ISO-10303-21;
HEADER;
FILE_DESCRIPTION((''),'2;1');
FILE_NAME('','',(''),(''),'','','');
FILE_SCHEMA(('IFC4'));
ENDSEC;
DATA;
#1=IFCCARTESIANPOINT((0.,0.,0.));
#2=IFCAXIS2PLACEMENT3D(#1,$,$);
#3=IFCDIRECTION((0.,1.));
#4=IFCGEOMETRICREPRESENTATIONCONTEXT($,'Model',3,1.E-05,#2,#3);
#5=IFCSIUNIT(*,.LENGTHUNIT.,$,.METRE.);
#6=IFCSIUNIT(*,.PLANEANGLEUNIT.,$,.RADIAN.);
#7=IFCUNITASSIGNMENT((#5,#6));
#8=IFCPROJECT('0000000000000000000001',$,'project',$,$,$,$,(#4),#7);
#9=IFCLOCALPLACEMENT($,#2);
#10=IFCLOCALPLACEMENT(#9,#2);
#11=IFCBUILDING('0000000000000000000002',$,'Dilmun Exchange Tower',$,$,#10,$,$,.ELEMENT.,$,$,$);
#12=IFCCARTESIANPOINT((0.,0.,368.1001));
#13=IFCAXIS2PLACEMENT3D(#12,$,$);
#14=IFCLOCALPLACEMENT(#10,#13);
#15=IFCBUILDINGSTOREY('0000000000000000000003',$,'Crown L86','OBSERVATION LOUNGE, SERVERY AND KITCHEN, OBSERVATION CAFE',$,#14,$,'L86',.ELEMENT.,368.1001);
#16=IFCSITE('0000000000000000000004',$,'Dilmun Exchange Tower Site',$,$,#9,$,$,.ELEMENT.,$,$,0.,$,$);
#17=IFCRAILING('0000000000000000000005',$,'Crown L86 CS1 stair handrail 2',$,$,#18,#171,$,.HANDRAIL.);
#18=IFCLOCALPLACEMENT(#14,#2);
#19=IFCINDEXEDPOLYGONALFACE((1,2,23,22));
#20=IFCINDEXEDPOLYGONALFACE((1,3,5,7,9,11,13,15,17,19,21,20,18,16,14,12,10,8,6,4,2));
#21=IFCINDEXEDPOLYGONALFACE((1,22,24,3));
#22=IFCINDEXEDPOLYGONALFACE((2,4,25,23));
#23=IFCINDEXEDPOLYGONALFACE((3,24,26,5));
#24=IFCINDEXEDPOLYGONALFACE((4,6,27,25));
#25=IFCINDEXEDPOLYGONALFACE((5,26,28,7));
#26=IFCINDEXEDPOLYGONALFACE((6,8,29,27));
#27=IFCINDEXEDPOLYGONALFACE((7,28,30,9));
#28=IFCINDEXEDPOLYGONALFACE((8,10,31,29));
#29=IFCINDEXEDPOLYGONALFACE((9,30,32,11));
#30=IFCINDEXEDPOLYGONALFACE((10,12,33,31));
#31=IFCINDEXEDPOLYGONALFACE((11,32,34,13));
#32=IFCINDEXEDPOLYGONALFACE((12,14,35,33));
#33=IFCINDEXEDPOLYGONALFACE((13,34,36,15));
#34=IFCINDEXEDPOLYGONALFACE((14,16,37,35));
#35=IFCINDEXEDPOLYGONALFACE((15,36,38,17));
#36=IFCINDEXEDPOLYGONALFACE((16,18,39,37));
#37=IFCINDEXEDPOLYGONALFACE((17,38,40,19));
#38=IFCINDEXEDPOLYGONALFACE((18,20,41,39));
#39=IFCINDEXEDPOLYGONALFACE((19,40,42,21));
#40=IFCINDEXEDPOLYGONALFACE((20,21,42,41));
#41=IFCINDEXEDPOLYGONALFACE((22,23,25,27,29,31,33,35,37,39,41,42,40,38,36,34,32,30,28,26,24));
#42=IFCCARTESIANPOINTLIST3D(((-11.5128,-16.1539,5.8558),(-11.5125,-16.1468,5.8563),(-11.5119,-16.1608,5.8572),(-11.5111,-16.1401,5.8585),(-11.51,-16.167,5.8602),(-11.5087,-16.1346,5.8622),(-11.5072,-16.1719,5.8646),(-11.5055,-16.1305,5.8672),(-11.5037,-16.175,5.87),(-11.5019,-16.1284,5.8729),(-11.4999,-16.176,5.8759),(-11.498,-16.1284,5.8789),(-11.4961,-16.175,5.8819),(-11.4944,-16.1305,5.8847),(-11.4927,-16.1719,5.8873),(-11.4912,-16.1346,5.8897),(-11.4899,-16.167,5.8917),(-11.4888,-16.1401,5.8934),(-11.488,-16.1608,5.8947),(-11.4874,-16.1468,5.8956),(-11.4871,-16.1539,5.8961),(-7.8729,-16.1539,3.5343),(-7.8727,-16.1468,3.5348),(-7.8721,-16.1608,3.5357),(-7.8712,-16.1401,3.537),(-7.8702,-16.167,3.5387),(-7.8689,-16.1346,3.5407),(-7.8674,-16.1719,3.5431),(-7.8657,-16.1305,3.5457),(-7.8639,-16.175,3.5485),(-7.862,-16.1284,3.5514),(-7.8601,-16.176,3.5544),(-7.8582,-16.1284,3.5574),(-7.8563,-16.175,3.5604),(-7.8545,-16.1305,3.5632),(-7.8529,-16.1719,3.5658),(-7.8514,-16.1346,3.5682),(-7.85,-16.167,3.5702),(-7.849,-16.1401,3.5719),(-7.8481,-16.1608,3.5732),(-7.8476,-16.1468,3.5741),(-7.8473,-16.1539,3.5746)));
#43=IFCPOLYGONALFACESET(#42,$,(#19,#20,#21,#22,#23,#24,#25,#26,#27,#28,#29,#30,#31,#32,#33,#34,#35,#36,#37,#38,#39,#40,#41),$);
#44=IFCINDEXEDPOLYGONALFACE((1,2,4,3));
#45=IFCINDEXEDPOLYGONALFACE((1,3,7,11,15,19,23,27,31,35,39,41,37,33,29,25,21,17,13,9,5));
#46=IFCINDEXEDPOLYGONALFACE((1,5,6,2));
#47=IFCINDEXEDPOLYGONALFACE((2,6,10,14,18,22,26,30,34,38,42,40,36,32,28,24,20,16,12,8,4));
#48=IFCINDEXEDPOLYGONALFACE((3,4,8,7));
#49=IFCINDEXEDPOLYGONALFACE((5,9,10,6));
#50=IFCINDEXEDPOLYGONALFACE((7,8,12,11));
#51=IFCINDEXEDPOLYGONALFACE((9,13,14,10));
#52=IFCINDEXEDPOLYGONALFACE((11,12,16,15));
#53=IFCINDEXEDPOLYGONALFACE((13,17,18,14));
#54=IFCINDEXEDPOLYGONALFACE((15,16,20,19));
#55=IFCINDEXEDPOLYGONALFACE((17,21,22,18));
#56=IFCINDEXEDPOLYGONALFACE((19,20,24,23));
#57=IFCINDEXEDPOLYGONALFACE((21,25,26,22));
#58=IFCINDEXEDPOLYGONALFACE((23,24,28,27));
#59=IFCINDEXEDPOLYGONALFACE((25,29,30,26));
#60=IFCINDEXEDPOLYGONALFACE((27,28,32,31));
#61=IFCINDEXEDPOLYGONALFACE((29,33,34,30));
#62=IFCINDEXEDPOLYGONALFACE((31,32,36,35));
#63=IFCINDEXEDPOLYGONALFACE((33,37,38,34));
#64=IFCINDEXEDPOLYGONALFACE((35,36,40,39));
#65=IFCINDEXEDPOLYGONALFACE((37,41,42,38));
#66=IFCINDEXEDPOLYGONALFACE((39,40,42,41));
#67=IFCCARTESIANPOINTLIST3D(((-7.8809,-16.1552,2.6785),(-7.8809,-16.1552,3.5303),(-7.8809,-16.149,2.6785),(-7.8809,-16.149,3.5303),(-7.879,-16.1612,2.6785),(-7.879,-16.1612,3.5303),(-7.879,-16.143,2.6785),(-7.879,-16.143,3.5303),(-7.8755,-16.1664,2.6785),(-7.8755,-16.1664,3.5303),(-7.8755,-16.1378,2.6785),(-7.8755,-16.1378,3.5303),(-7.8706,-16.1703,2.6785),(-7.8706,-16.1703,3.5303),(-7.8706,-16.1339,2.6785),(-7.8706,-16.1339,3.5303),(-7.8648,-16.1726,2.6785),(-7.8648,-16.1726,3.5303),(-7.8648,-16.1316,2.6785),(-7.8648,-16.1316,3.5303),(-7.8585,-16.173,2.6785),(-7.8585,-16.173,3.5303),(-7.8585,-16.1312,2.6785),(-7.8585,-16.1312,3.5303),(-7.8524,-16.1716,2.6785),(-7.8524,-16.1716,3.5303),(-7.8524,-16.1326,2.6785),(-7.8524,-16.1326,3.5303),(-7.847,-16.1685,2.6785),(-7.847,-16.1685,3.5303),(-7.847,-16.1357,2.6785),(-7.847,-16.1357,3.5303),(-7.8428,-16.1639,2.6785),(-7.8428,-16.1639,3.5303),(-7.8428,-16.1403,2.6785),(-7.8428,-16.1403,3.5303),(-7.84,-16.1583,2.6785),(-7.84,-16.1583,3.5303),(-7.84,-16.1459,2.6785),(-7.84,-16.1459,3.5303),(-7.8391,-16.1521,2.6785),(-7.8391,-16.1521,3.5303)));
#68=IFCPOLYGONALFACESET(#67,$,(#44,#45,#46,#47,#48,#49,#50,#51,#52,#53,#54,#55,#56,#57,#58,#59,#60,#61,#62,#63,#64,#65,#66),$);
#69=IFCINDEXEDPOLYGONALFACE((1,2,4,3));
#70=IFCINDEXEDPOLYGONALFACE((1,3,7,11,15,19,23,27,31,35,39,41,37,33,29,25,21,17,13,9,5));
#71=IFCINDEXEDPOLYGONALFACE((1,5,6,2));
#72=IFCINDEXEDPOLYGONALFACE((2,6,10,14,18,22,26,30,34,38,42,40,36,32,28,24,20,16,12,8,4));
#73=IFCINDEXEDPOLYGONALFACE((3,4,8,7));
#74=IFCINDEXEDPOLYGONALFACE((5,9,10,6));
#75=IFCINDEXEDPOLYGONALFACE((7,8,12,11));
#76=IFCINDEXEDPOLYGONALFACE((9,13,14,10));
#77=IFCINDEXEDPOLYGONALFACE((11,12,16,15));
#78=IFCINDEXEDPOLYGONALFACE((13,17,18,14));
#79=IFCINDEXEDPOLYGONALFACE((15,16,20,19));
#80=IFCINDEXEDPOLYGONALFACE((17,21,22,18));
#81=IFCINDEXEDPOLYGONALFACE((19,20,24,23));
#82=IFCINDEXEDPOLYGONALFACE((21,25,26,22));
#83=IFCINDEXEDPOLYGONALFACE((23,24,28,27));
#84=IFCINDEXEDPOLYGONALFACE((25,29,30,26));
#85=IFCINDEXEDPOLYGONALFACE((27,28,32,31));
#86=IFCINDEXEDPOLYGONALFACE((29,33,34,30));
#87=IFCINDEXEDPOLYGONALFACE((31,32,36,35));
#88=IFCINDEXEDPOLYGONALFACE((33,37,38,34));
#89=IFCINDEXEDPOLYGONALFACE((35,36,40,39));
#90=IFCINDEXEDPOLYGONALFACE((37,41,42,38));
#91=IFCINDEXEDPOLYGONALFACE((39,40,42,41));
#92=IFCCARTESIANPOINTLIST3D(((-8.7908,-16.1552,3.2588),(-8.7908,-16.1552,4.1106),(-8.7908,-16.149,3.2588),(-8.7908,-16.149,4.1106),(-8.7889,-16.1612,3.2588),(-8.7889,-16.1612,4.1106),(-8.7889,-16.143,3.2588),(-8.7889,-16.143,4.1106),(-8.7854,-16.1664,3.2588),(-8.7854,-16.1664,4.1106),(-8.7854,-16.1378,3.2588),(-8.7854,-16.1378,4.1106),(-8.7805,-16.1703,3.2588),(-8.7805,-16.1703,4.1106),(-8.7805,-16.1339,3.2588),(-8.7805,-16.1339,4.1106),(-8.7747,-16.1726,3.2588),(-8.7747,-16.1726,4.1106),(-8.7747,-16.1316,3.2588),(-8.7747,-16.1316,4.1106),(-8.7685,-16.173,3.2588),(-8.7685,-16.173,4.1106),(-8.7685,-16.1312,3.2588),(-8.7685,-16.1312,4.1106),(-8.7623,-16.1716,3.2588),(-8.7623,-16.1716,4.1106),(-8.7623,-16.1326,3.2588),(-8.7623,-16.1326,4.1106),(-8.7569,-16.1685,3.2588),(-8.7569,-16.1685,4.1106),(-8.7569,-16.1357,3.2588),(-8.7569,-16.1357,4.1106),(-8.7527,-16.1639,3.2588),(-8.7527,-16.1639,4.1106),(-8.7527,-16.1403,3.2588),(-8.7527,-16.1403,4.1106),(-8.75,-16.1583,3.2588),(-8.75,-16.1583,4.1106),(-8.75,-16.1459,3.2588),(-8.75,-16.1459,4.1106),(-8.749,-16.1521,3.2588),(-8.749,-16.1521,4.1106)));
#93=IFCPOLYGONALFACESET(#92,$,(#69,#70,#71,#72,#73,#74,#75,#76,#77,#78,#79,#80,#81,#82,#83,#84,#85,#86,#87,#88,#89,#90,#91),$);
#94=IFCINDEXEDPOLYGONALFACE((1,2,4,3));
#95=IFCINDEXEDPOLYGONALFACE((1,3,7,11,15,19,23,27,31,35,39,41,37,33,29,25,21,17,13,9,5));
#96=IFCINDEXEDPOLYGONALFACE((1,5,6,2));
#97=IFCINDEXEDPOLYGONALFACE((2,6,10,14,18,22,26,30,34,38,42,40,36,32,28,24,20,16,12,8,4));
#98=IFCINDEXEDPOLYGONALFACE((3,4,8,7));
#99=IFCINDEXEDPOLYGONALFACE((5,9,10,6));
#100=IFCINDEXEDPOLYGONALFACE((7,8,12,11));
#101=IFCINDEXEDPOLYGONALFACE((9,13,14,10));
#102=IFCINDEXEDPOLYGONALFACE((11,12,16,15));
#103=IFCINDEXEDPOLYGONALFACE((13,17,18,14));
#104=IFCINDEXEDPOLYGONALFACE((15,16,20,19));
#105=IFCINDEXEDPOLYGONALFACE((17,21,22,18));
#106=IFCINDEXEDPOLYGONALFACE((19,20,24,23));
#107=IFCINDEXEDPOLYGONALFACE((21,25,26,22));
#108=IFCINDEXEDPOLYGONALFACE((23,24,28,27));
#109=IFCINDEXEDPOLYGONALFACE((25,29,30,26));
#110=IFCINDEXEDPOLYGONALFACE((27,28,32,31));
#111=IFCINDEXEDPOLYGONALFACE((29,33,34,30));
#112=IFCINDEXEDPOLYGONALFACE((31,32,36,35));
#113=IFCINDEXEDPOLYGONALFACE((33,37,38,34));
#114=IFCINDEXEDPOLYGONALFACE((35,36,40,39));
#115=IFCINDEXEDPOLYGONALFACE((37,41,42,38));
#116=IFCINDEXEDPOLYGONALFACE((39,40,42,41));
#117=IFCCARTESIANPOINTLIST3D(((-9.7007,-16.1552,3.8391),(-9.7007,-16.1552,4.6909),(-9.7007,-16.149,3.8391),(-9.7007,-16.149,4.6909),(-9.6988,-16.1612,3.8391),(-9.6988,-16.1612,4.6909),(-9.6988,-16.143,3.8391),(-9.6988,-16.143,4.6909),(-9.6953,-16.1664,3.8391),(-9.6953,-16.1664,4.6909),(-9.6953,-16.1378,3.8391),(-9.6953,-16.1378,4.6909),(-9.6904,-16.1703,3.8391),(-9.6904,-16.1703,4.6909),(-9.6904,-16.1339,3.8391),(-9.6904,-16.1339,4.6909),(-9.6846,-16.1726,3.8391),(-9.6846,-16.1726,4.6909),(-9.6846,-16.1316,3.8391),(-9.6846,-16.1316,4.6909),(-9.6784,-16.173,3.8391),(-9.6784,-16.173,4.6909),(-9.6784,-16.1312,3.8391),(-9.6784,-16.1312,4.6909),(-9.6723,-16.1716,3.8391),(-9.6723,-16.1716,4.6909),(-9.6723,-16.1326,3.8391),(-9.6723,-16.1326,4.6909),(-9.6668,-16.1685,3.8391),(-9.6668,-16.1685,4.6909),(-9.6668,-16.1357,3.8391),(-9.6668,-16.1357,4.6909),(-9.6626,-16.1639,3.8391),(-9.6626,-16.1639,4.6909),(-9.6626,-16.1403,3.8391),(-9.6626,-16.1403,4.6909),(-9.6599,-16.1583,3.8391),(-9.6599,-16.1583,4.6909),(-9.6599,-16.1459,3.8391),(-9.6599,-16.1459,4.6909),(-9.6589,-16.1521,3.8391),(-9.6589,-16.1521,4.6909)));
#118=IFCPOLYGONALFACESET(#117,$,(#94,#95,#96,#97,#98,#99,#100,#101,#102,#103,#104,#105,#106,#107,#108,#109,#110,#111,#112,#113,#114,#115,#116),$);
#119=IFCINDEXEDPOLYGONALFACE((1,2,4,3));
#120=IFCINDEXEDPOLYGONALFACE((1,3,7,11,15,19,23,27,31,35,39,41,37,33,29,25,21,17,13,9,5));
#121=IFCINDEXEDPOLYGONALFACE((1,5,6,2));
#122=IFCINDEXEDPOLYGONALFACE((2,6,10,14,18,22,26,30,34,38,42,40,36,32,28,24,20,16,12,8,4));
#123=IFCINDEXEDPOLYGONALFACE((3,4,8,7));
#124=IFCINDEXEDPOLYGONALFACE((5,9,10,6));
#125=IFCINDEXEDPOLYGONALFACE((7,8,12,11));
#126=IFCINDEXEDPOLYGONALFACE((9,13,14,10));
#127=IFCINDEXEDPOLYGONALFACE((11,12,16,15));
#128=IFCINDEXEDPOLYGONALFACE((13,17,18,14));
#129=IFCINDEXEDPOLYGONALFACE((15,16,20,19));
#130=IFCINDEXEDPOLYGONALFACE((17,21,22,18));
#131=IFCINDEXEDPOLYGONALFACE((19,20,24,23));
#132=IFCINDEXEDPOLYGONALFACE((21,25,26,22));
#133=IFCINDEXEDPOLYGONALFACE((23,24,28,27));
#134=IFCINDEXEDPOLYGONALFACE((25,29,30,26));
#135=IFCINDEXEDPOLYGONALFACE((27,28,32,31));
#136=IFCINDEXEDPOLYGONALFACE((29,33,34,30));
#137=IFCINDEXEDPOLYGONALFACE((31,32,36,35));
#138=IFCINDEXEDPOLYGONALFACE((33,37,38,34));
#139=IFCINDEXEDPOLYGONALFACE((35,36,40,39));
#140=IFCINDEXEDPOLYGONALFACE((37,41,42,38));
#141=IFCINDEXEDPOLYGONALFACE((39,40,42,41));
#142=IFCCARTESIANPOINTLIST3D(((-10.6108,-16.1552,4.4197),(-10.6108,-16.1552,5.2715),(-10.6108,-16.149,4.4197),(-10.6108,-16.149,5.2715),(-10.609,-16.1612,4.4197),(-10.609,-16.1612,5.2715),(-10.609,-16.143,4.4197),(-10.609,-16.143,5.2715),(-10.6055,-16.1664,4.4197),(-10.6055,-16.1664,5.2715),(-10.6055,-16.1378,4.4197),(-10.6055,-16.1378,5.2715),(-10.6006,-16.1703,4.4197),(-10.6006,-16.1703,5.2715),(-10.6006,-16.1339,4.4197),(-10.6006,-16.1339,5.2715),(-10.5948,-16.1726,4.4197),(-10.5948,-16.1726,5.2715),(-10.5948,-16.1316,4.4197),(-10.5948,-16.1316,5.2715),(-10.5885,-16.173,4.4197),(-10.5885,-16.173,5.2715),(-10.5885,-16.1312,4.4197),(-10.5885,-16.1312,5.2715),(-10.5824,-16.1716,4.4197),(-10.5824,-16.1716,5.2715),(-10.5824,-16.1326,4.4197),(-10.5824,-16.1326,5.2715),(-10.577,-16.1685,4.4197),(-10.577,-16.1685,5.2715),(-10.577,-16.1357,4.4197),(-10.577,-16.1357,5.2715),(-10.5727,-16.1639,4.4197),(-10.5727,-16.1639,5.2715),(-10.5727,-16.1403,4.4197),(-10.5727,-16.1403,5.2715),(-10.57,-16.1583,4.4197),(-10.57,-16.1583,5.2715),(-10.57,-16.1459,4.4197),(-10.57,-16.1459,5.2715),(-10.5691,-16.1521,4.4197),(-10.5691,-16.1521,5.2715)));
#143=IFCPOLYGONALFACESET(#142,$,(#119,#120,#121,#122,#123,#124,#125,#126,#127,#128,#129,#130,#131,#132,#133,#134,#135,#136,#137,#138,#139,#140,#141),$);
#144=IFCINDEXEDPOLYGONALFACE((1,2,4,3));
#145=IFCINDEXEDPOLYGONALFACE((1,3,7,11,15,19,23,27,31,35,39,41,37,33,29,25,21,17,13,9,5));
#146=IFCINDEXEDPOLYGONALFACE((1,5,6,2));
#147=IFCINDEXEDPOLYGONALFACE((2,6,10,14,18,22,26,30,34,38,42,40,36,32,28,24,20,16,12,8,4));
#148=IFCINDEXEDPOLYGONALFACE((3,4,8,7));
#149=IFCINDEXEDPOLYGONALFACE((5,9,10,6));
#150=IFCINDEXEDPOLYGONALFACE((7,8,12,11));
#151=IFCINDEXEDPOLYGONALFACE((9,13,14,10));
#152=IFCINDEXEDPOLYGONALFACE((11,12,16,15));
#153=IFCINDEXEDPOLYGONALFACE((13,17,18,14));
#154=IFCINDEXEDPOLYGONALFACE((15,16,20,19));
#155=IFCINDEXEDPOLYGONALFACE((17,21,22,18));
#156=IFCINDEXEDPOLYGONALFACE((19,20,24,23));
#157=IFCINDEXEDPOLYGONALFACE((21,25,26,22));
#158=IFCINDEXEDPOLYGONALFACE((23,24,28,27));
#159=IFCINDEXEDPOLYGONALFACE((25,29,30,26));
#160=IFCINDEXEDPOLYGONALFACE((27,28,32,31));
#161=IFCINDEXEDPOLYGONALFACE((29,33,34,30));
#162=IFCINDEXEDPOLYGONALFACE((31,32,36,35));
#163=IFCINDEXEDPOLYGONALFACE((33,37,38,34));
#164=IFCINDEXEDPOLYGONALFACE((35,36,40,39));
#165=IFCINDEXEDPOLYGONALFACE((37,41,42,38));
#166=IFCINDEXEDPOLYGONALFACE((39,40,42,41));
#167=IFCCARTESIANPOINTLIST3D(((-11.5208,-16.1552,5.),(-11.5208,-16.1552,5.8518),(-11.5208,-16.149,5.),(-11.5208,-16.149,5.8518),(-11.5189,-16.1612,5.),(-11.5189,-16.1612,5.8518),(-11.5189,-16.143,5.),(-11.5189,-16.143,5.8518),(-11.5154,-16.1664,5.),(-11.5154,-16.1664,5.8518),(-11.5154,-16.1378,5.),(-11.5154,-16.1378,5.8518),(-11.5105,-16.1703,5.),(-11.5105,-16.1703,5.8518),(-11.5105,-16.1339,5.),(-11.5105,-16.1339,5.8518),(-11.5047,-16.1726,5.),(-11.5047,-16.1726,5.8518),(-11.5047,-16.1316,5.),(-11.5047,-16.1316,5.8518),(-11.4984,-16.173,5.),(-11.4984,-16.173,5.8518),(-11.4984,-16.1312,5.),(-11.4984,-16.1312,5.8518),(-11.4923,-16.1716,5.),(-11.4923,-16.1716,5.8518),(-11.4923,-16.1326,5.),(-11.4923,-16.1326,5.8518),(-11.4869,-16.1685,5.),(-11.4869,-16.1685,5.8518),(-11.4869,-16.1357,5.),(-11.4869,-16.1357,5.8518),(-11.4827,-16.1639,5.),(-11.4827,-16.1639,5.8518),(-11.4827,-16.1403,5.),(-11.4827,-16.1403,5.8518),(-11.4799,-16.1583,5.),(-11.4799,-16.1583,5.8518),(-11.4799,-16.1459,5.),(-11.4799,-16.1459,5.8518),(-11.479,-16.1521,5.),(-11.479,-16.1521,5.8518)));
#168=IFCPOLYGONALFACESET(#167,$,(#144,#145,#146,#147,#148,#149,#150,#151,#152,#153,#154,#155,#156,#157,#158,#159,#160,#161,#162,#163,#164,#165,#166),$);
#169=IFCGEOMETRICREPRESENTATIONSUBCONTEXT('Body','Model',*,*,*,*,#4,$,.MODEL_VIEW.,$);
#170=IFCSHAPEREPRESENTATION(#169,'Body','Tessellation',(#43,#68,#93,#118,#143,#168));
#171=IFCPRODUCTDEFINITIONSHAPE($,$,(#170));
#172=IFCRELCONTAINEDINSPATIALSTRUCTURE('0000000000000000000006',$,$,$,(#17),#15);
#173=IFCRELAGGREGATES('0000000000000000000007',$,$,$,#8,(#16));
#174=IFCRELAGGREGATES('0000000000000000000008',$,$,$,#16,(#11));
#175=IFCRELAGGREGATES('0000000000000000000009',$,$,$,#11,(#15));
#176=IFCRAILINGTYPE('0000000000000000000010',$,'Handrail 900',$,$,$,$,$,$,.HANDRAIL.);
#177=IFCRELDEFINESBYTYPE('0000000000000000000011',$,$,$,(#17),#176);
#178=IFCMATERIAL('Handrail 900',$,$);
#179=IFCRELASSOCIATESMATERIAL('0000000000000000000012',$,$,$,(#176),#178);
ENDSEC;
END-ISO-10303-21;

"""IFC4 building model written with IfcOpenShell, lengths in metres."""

from ifc_helpers import new_model, si_unit, direction, frame, origin, origin_2d, place, context, subcontext, project, spatial, circle, extrude, material, type_object, element, save


model = new_model("IFC4")

# Units and contexts
model_context = context("Model", 3, precision=1e-05, world=origin(), true_north=direction((0.0, 1.0)))
body_context = subcontext(model_context, "Body", "Model", "MODEL_VIEW")
ifc_project = project(units=[si_unit("LENGTHUNIT", "METRE"), si_unit("PLANEANGLEUNIT", "RADIAN")], contexts=[model_context])

# Site, building, storey
site_placement = place(None, origin())
site = spatial("IfcSite", under=ifc_project, at=site_placement, Name="Dilmun Exchange Tower Site", CompositionType="ELEMENT", RefElevation=0.0)
building_placement = place(site_placement, origin())
building = spatial("IfcBuilding", under=site, at=building_placement, Name="Dilmun Exchange Tower", CompositionType="ELEMENT")
storey_placement = place(building_placement, frame((0.0, 0.0, 368.1001)))
storey = spatial("IfcBuildingStorey", under=building, at=storey_placement, Name="Crown L86", Description="OBSERVATION LOUNGE, SERVERY AND KITCHEN, OBSERVATION CAFE", LongName="L86", CompositionType="ELEMENT", Elevation=368.1001)

# Railing
ifc_material_1 = material(Name="Handrail 900")
railing_type_1 = type_object("IfcRailingType", Name="Handrail 900", PredefinedType="HANDRAIL", material=ifc_material_1)
railing_1_placement = place(storey_placement, frame((-7.8601, -16.1521, 2.6785)))
element("IfcRailing", 1, at=railing_1_placement, inside=storey, type_object=railing_type_1, Name="Crown L86 CS1 stair handrail 2", PredefinedType="HANDRAIL", context=body_context, shape_type="SweptSolid", body=[
    extrude(circle(Radius=0.0239, at=origin_2d()), frame((0.0, 0.0, 0.876), z_axis=(-0.843112, 0.0, 0.537739), x_axis=(0.0, -1.0, 0.0)), (0.0, 0.0, 1.0), 4.3171),
    extrude(circle(Radius=0.021, at=origin_2d()), origin(), (0.0, 0.0, 1.0), 0.8518),
    extrude(circle(Radius=0.021, at=origin_2d()), frame((-0.9099, 0.0, 0.5803)), (0.0, 0.0, 1.0), 0.8518),
    extrude(circle(Radius=0.021, at=origin_2d()), frame((-1.8198, 0.0, 1.1606)), (0.0, 0.0, 1.0), 0.8518),
    extrude(circle(Radius=0.021, at=origin_2d()), frame((-2.73, 0.0, 1.7412)), (0.0, 0.0, 1.0), 0.8518),
    extrude(circle(Radius=0.021, at=origin_2d()), frame((-3.6399, 0.0, 2.3215)), (0.0, 0.0, 1.0), 0.8518),
])

save(model, "model.ifc")
